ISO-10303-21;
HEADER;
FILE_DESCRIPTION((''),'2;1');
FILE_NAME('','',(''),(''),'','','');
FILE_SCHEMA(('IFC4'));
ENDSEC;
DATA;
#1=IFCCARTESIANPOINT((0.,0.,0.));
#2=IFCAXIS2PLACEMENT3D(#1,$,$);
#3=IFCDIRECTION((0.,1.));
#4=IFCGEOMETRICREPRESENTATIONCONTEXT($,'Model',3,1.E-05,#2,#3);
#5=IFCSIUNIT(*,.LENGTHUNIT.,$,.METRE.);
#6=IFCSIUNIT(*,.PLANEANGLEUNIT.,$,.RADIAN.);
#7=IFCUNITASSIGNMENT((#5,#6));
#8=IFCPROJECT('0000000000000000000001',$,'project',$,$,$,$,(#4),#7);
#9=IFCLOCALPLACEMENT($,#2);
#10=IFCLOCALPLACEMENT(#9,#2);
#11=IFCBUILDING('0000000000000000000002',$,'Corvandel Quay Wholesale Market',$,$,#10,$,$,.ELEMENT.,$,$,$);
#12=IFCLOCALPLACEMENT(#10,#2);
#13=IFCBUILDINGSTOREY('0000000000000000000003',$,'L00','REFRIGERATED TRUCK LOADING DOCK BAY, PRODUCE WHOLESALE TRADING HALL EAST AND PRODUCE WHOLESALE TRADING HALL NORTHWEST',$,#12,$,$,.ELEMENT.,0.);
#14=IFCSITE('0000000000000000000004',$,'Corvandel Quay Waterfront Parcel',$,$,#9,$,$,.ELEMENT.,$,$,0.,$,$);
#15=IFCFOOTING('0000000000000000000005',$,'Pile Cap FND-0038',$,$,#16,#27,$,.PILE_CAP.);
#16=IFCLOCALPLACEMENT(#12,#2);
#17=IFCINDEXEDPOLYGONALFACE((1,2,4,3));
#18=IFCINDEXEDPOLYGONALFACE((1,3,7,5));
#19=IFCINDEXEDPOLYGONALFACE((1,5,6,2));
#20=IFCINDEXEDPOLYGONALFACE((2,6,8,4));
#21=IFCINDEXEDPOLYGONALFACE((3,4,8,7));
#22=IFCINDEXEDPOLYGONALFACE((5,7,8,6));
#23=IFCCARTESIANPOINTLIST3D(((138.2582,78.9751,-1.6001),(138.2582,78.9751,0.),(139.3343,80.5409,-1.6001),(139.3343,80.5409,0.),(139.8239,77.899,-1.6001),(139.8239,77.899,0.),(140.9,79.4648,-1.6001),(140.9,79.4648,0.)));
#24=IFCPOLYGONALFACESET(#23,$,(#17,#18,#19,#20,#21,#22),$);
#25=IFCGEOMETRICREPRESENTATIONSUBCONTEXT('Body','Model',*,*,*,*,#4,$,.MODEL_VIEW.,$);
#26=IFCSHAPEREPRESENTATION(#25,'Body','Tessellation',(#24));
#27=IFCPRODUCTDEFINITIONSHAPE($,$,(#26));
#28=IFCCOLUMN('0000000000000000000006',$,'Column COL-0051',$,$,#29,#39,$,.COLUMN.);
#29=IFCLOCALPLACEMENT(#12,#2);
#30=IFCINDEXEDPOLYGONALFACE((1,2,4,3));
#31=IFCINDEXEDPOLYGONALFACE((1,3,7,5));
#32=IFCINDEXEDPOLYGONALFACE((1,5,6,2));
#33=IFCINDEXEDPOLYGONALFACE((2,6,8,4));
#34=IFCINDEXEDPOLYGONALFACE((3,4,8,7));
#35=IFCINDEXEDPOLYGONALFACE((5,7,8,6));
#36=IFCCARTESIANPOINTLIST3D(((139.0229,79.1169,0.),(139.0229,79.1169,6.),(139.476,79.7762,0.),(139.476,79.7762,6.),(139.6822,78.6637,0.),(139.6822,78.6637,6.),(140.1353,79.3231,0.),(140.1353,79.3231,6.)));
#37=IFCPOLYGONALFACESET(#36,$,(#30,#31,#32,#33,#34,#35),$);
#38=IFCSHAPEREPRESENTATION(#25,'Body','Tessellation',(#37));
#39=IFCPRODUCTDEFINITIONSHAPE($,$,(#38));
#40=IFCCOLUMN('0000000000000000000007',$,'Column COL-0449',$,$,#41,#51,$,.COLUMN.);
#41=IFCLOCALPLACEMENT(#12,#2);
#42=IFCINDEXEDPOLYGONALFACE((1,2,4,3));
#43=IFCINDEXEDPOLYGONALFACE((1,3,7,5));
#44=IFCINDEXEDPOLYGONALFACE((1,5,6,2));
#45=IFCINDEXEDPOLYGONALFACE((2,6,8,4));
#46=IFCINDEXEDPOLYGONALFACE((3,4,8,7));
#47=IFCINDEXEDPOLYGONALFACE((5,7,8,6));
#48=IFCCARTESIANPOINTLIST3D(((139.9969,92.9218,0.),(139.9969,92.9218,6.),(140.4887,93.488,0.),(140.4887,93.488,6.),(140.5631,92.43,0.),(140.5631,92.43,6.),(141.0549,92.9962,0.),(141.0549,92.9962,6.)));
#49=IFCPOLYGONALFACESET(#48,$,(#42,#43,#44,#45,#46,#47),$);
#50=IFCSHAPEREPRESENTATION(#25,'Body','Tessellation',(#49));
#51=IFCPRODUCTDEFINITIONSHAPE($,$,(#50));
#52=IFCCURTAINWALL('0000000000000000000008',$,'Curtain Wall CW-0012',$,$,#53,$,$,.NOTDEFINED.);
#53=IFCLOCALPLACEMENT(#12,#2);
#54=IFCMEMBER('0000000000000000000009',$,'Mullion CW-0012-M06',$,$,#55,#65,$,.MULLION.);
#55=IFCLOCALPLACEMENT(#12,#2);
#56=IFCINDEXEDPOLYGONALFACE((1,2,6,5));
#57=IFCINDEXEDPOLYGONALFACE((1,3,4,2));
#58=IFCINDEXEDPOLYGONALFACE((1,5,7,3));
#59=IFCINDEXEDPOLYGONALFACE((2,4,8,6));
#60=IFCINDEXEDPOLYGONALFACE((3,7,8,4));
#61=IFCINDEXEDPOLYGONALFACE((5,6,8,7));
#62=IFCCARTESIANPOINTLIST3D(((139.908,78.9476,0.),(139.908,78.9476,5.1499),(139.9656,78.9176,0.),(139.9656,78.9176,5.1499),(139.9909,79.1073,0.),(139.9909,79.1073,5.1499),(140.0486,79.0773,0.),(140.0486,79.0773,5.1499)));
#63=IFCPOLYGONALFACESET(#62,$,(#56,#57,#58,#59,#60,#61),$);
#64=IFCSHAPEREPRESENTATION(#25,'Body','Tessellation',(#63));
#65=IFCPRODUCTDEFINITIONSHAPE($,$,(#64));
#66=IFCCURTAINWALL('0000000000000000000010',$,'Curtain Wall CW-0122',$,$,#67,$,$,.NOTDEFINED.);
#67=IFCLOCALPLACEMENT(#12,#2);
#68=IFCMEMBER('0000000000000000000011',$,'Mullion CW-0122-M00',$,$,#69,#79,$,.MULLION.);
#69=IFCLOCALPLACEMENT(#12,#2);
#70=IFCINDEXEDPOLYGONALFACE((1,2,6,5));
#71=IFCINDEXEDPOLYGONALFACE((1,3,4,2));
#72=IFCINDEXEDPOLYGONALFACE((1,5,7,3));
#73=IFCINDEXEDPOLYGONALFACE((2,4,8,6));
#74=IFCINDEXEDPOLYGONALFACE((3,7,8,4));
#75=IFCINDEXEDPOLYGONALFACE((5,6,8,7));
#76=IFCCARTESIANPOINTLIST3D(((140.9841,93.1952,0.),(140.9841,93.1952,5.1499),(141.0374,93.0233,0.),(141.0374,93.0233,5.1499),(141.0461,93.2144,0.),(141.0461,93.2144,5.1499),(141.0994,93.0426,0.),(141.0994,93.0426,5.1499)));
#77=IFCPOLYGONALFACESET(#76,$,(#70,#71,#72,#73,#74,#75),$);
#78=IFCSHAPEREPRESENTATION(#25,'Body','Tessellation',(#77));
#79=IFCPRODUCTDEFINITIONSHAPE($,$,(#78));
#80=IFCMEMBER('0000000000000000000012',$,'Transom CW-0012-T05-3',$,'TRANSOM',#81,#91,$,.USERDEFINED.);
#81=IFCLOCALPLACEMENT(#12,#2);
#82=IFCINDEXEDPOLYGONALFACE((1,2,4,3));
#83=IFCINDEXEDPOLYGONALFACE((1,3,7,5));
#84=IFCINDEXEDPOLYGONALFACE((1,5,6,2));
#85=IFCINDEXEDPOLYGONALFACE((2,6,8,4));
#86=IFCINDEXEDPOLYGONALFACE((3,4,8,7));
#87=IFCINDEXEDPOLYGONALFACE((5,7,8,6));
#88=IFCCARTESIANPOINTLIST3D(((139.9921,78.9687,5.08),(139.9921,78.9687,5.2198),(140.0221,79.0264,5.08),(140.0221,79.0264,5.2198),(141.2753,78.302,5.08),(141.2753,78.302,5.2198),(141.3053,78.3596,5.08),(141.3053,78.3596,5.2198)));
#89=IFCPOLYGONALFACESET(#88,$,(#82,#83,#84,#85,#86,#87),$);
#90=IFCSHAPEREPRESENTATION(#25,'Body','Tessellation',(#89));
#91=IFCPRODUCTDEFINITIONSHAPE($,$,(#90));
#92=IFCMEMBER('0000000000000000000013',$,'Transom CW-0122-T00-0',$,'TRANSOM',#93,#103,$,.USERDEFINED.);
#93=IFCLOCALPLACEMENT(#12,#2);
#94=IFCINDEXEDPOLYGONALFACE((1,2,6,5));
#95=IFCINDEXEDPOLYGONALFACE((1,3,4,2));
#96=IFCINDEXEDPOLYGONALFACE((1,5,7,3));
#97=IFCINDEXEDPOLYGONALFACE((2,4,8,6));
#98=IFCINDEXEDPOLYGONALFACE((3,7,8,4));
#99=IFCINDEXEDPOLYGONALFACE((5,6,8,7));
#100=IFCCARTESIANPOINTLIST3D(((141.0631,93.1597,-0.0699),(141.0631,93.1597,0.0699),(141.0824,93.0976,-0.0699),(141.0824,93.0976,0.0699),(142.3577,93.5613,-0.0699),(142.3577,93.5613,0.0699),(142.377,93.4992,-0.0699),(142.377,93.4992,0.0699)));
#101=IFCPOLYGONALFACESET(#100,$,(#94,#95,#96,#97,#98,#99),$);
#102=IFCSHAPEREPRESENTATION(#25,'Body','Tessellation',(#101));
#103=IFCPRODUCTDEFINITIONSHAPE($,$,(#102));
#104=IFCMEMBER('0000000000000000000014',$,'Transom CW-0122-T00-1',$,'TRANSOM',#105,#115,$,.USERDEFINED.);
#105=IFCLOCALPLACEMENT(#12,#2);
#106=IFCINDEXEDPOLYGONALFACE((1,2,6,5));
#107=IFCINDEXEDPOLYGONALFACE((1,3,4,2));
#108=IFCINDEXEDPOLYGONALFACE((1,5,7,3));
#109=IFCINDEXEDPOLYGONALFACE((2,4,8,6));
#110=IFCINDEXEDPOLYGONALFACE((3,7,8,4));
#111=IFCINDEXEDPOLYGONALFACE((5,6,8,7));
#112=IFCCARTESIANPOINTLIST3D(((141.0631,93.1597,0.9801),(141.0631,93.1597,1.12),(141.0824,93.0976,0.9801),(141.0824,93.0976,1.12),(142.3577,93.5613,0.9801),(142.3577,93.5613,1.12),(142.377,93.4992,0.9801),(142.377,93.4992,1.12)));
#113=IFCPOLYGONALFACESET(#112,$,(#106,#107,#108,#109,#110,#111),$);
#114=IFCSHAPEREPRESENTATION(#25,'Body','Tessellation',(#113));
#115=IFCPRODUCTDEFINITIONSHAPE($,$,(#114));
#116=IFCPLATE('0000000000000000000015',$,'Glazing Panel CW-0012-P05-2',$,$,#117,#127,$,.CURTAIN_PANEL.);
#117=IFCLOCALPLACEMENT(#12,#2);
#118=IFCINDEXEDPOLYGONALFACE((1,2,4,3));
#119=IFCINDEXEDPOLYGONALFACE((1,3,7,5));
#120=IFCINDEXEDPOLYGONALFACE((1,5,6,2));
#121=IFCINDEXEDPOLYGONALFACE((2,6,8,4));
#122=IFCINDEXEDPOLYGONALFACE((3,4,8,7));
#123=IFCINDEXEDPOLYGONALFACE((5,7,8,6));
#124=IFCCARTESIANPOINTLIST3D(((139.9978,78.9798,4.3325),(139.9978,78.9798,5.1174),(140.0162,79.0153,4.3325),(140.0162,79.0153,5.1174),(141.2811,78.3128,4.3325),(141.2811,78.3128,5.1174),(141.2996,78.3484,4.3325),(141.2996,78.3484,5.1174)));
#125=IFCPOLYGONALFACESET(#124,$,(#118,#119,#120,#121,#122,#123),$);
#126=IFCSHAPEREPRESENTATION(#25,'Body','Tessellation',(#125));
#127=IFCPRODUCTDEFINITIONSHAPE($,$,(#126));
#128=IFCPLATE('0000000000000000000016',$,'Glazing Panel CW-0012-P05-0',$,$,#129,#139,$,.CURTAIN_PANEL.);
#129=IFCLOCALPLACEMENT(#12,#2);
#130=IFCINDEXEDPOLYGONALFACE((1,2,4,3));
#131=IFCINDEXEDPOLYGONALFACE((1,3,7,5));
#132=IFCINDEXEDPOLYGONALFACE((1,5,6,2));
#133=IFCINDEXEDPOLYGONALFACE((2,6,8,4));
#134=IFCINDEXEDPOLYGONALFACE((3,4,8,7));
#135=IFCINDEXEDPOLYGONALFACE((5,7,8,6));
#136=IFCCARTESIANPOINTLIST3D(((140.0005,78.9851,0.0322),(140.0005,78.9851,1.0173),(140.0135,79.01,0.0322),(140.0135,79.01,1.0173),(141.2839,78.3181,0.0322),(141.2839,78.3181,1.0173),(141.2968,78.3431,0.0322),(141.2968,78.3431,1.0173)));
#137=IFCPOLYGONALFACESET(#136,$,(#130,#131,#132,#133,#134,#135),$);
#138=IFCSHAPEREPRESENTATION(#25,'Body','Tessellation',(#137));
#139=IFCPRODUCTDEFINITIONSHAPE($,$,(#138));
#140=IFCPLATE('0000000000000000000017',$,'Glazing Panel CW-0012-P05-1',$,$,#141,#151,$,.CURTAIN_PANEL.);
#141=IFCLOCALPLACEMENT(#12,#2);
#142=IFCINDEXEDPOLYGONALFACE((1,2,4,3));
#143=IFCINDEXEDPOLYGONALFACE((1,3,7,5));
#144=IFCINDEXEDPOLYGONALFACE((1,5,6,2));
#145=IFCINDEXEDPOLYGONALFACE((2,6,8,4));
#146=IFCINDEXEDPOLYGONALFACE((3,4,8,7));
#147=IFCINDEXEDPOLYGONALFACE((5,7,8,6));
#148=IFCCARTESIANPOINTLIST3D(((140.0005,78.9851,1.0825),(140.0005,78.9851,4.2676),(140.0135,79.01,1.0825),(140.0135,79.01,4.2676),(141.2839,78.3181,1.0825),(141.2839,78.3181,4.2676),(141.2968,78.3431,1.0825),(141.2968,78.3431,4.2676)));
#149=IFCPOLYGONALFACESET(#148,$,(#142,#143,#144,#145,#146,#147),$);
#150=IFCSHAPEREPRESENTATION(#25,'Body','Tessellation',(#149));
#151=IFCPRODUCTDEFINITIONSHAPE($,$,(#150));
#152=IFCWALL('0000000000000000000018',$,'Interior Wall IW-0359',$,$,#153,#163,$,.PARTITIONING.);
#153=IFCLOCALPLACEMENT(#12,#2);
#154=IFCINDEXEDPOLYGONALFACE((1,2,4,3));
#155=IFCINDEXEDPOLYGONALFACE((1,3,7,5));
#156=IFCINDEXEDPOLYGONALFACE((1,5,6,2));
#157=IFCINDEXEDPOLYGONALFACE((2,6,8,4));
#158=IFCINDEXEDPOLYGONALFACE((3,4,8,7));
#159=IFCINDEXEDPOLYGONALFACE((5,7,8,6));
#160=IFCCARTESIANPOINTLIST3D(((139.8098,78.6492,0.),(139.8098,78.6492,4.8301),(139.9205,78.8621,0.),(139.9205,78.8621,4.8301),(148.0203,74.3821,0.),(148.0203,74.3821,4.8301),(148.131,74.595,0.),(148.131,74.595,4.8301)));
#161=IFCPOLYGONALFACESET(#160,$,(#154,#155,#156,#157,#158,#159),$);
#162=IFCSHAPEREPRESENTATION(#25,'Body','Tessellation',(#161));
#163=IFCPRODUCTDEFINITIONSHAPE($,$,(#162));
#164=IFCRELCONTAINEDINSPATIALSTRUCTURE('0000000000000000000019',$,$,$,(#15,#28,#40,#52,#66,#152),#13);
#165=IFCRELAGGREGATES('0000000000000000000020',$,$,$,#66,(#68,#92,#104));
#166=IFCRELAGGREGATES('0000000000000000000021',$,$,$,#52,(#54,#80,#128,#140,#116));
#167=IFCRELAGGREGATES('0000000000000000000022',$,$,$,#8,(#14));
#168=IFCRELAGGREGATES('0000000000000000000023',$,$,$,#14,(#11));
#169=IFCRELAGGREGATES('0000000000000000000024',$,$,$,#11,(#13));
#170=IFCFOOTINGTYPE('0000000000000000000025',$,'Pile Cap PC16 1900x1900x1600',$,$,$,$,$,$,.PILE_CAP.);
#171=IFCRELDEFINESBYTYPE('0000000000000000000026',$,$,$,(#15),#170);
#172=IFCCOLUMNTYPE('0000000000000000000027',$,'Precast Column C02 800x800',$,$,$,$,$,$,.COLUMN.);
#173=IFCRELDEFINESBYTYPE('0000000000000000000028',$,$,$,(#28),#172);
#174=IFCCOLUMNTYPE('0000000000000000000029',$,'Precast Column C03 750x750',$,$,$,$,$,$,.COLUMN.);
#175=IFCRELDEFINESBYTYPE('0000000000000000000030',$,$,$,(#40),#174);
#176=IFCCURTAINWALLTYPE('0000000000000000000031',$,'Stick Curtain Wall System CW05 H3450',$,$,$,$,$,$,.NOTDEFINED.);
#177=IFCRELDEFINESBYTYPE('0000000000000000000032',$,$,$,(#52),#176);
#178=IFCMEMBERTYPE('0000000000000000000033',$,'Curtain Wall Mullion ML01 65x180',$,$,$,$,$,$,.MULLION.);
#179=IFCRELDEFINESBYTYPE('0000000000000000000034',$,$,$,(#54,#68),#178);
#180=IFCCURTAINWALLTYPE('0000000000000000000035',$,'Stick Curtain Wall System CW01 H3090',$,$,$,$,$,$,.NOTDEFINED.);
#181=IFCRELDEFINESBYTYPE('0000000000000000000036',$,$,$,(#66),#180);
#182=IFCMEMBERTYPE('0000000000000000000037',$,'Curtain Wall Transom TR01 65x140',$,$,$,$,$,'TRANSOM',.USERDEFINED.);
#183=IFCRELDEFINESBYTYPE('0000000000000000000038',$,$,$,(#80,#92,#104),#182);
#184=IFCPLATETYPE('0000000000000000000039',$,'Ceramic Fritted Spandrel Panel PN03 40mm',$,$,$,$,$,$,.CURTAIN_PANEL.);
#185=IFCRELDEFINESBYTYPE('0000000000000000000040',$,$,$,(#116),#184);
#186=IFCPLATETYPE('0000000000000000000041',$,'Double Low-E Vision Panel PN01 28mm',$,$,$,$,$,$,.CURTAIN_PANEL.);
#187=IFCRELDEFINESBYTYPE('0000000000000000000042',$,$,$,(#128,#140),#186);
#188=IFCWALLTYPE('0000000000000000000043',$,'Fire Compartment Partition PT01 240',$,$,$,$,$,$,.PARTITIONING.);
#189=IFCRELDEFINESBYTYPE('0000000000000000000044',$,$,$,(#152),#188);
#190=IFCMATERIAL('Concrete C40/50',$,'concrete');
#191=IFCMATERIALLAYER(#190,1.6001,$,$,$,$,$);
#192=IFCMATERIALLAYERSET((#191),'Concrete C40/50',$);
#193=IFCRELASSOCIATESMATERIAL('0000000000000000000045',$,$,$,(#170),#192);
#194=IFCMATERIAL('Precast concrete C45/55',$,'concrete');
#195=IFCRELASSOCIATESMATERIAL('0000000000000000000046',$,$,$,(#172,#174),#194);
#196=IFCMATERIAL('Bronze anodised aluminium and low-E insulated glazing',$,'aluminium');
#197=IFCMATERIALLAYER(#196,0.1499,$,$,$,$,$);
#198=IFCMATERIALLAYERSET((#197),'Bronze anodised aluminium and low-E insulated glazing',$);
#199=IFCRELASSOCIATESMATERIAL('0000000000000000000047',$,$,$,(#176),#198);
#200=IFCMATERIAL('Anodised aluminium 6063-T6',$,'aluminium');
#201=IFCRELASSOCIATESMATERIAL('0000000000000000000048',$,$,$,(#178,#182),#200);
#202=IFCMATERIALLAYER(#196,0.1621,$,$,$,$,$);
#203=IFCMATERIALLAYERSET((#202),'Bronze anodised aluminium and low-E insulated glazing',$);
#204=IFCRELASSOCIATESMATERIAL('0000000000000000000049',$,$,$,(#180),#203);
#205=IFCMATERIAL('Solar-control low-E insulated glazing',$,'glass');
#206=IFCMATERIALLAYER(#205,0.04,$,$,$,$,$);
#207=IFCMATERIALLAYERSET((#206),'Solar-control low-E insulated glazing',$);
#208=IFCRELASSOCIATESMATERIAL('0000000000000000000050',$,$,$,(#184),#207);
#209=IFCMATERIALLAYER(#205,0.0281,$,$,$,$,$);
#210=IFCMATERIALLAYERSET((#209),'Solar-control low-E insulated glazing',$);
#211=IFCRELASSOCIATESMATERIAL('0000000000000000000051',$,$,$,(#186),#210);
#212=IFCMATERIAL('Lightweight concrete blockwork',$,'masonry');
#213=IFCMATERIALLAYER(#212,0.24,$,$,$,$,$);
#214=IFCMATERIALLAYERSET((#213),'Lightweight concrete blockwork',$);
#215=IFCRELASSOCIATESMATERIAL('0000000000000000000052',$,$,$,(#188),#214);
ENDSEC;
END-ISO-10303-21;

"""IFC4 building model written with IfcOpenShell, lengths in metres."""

from ifc_helpers import new_model, si_unit, direction, frame, frame_2d, origin, origin_2d, place, context, subcontext, project, spatial, rectangle, extrude, material, layer, layer_set, material_profile, profile_set, type_object, element, aggregate, save


model = new_model("IFC4")

# Units and contexts
model_context = context("Model", 3, precision=1e-05, world=origin(), true_north=direction((0.0, 1.0)))
body_context = subcontext(model_context, "Body", "Model", "MODEL_VIEW")
ifc_project = project(units=[si_unit("LENGTHUNIT", "METRE"), si_unit("PLANEANGLEUNIT", "RADIAN")], contexts=[model_context])

# Site, building, storey
site_placement = place(None, origin())
site = spatial("IfcSite", under=ifc_project, at=site_placement, Name="Corvandel Quay Waterfront Parcel", CompositionType="ELEMENT", RefElevation=0.0)
building_placement = place(site_placement, origin())
building = spatial("IfcBuilding", under=site, at=building_placement, Name="Corvandel Quay Wholesale Market", CompositionType="ELEMENT")
storey_placement = place(building_placement, origin())
storey = spatial("IfcBuildingStorey", under=building, at=storey_placement, Name="L00", Description="REFRIGERATED TRUCK LOADING DOCK BAY, PRODUCE WHOLESALE TRADING HALL EAST AND PRODUCE WHOLESALE TRADING HALL NORTHWEST", CompositionType="ELEMENT", Elevation=0.0)

# Shared definitions
ifc_material_1 = material(Name="Concrete C40/50", Category="concrete")

# Footing
ifc_layer_1 = layer(ifc_material_1, 1.6001)
ifc_layer_set_1 = layer_set([ifc_layer_1], Name="Concrete C40/50")
footing_type_1 = type_object("IfcFootingType", Name="Pile Cap PC16 1900x1900x1600", PredefinedType="PILE_CAP", material=ifc_layer_set_1)
footing_1_placement = place(storey_placement, frame((139.5791, 79.22, -1.6001), z_axis=(0.0, 0.0, 1.0), x_axis=(-0.824126, 0.566406, 0.0)))
element("IfcFooting", 1, at=footing_1_placement, inside=storey, type_object=footing_type_1, Name="Pile Cap FND-0038", PredefinedType="PILE_CAP", context=body_context, shape_type="SweptSolid", body=[
    extrude(rectangle(XDim=1.8999, YDim=1.8999, at=origin_2d()), origin(), (0.0, 0.0, 1.0), 1.6001),
])

# Columns
ifc_material_2 = material(Name="Precast concrete C45/55", Category="concrete")
ifc_material_profile_1 = material_profile(ifc_material_2, rectangle(XDim=0.8, YDim=0.8, at=origin_2d()), Name="PC-COL-800x800")
ifc_profile_set_1 = profile_set([ifc_material_profile_1], Name="Precast concrete C45/55")
column_type_1 = type_object("IfcColumnType", Name="Precast Column C02 800x800", PredefinedType="COLUMN", material=ifc_profile_set_1)
column_1_placement = place(storey_placement, frame((139.5791, 79.22, 0.0), z_axis=(0.0, 0.0, 1.0), x_axis=(-0.824126, 0.566406, 0.0)))
element("IfcColumn", 2, at=column_1_placement, inside=storey, type_object=column_type_1, Name="Column COL-0051", PredefinedType="COLUMN", context=body_context, shape_type="SweptSolid", body=[
    extrude(rectangle(XDim=0.8, YDim=0.8, at=origin_2d()), origin(), (0.0, 0.0, 1.0), 6.0),
])
ifc_material_profile_2 = material_profile(ifc_material_2, rectangle(XDim=0.75, YDim=0.75, at=origin_2d()), Name="PC-COL-750x750")
ifc_profile_set_2 = profile_set([ifc_material_profile_2], Name="Precast concrete C45/55")
column_type_2 = type_object("IfcColumnType", Name="Precast Column C03 750x750", PredefinedType="COLUMN", material=ifc_profile_set_2)
column_2_placement = place(storey_placement, frame((140.5259, 92.959, 0.0), z_axis=(0.0, 0.0, 1.0), x_axis=(0.655796, 0.754939, 0.0)))
element("IfcColumn", 3, at=column_2_placement, inside=storey, type_object=column_type_2, Name="Column COL-0449", PredefinedType="COLUMN", context=body_context, shape_type="SweptSolid", body=[
    extrude(rectangle(XDim=0.75, YDim=0.75, at=origin_2d()), origin(), (0.0, 0.0, 1.0), 6.0),
])

# Curtain walls, members
ifc_material_3 = material(Name="Bronze anodised aluminium and low-E insulated glazing", Category="aluminium")
ifc_layer_2 = layer(ifc_material_3, 0.1499)
ifc_layer_set_2 = layer_set([ifc_layer_2], Name="Bronze anodised aluminium and low-E insulated glazing")
curtain_wall_type_1 = type_object("IfcCurtainWallType", Name="Stick Curtain Wall System CW05 H3450", PredefinedType="NOTDEFINED", material=ifc_layer_set_2)
curtain_wall_1_placement = place(storey_placement, origin())
curtain_wall_1 = element("IfcCurtainWall", 4, at=curtain_wall_1_placement, inside=storey, type_object=curtain_wall_type_1, Name="Curtain Wall CW-0012", PredefinedType="NOTDEFINED")
ifc_material_4 = material(Name="Anodised aluminium 6063-T6", Category="aluminium")
ifc_material_profile_3 = material_profile(ifc_material_4, rectangle(XDim=0.0649, YDim=0.1799, at=origin_2d()), Name="ALU-MUL-65x180")
ifc_profile_set_3 = profile_set([ifc_material_profile_3], Name="Anodised aluminium 6063-T6")
member_type_1 = type_object("IfcMemberType", Name="Curtain Wall Mullion ML01 65x180", PredefinedType="MULLION", material=ifc_profile_set_3)
member_1_placement = place(storey_placement, frame((139.9783, 79.0125, 0.0), z_axis=(0.0, 0.0, 1.0), x_axis=(-0.887333, 0.461129, 0.0)))
member_1 = element("IfcMember", 5, at=member_1_placement, type_object=member_type_1, Name="Mullion CW-0012-M06", PredefinedType="MULLION", context=body_context, shape_type="SweptSolid", body=[
    extrude(rectangle(XDim=0.0649, YDim=0.1799, at=origin_2d()), origin(), (0.0, 0.0, 1.0), 5.1499),
])
ifc_layer_3 = layer(ifc_material_3, 0.1621)
ifc_layer_set_3 = layer_set([ifc_layer_3], Name="Bronze anodised aluminium and low-E insulated glazing")
curtain_wall_type_2 = type_object("IfcCurtainWallType", Name="Stick Curtain Wall System CW01 H3090", PredefinedType="NOTDEFINED", material=ifc_layer_set_3)
curtain_wall_2_placement = place(storey_placement, origin())
curtain_wall_2 = element("IfcCurtainWall", 6, at=curtain_wall_2_placement, inside=storey, type_object=curtain_wall_type_2, Name="Curtain Wall CW-0122", PredefinedType="NOTDEFINED")
member_2_placement = place(storey_placement, frame((141.0417, 93.1189, 0.0), z_axis=(0.0, 0.0, 1.0), x_axis=(0.955123, 0.296208, 0.0)))
member_2 = element("IfcMember", 7, at=member_2_placement, type_object=member_type_1, Name="Mullion CW-0122-M00", PredefinedType="MULLION", context=body_context, shape_type="SweptSolid", body=[
    extrude(rectangle(XDim=0.0649, YDim=0.1799, at=origin_2d()), origin(), (0.0, 0.0, 1.0), 5.1499),
])

# Members
ifc_material_profile_4 = material_profile(ifc_material_4, rectangle(XDim=0.0649, YDim=0.1399, at=origin_2d()), Name="ALU-TRN-65x140")
ifc_profile_set_4 = profile_set([ifc_material_profile_4], Name="Anodised aluminium 6063-T6")
member_type_2 = type_object("IfcMemberType", Name="Curtain Wall Transom TR01 65x140", ElementType="TRANSOM", PredefinedType="USERDEFINED", material=ifc_profile_set_4)
member_3_placement = place(storey_placement, frame((141.2903, 78.3308, 5.1499), z_axis=(-0.887363, 0.461071, 0.0), x_axis=(-0.461071, -0.887363, 0.0)))
member_3 = element("IfcMember", 8, at=member_3_placement, type_object=member_type_2, Name="Transom CW-0012-T05-3", ObjectType="TRANSOM", PredefinedType="USERDEFINED", context=body_context, shape_type="SweptSolid", body=[
    extrude(rectangle(XDim=0.0649, YDim=0.1399, at=origin_2d()), origin(), (0.0, 0.0, 1.0), 1.446),
])
member_4_placement = place(storey_placement, frame((141.0728, 93.1287, 0.0), z_axis=(0.955103, 0.296275, 0.0), x_axis=(-0.296275, 0.955103, 0.0)))
member_4 = element("IfcMember", 9, at=member_4_placement, type_object=member_type_2, Name="Transom CW-0122-T00-0", ObjectType="TRANSOM", PredefinedType="USERDEFINED", context=body_context, shape_type="SweptSolid", body=[
    extrude(rectangle(XDim=0.0649, YDim=0.1399, at=origin_2d()), origin(), (0.0, 0.0, 1.0), 1.3555),
])
member_5_placement = place(storey_placement, frame((141.0728, 93.1287, 1.05), z_axis=(0.955103, 0.296275, 0.0), x_axis=(-0.296275, 0.955103, 0.0)))
member_5 = element("IfcMember", 10, at=member_5_placement, type_object=member_type_2, Name="Transom CW-0122-T00-1", ObjectType="TRANSOM", PredefinedType="USERDEFINED", context=body_context, shape_type="SweptSolid", body=[
    extrude(rectangle(XDim=0.0649, YDim=0.1399, at=origin_2d()), origin(), (0.0, 0.0, 1.0), 1.3555),
])
aggregate(curtain_wall_2, [member_2, member_4, member_5])

# Plates
ifc_material_5 = material(Name="Solar-control low-E insulated glazing", Category="glass")
ifc_layer_4 = layer(ifc_material_5, 0.04)
ifc_layer_set_4 = layer_set([ifc_layer_4], Name="Solar-control low-E insulated glazing")
plate_type_1 = type_object("IfcPlateType", Name="Ceramic Fritted Spandrel Panel PN03 40mm", PredefinedType="CURTAIN_PANEL", material=ifc_layer_set_4)
plate_1_placement = place(storey_placement, frame((140.6487, 78.6641, 4.3325), z_axis=(0.0, 0.0, 1.0), x_axis=(-0.887333, 0.461129, 0.0)))
plate_1 = element("IfcPlate", 11, at=plate_1_placement, type_object=plate_type_1, Name="Glazing Panel CW-0012-P05-2", PredefinedType="CURTAIN_PANEL", context=body_context, shape_type="SweptSolid", body=[
    extrude(rectangle(XDim=1.4463, YDim=0.04, at=origin_2d()), origin(), (0.0, 0.0, 1.0), 0.7849),
])
ifc_layer_5 = layer(ifc_material_5, 0.0281)
ifc_layer_set_5 = layer_set([ifc_layer_5], Name="Solar-control low-E insulated glazing")
plate_type_2 = type_object("IfcPlateType", Name="Double Low-E Vision Panel PN01 28mm", PredefinedType="CURTAIN_PANEL", material=ifc_layer_set_5)
plate_2_placement = place(storey_placement, frame((140.6487, 78.6641, 0.0322), z_axis=(0.0, 0.0, 1.0), x_axis=(-0.887333, 0.461129, 0.0)))
plate_2 = element("IfcPlate", 12, at=plate_2_placement, type_object=plate_type_2, Name="Glazing Panel CW-0012-P05-0", PredefinedType="CURTAIN_PANEL", context=body_context, shape_type="SweptSolid", body=[
    extrude(rectangle(XDim=1.4463, YDim=0.0281, at=origin_2d()), origin(), (0.0, 0.0, 1.0), 0.9851),
])
plate_3_placement = place(storey_placement, frame((140.6487, 78.6641, 1.0825), z_axis=(0.0, 0.0, 1.0), x_axis=(-0.887333, 0.461129, 0.0)))
plate_3 = element("IfcPlate", 13, at=plate_3_placement, type_object=plate_type_2, Name="Glazing Panel CW-0012-P05-1", PredefinedType="CURTAIN_PANEL", context=body_context, shape_type="SweptSolid", body=[
    extrude(rectangle(XDim=1.4463, YDim=0.0281, at=origin_2d()), origin(), (0.0, 0.0, 1.0), 3.1851),
])
aggregate(curtain_wall_1, [member_1, member_3, plate_2, plate_3, plate_1])

# Wall
ifc_material_6 = material(Name="Lightweight concrete blockwork", Category="masonry")
ifc_layer_6 = layer(ifc_material_6, 0.24)
ifc_layer_set_6 = layer_set([ifc_layer_6], Name="Lightweight concrete blockwork")
wall_type_1 = type_object("IfcWallType", Name="Fire Compartment Partition PT01 240", PredefinedType="PARTITIONING", material=ifc_layer_set_6)
wall_1_placement = place(storey_placement, frame((139.8652, 78.7556, 0.0), z_axis=(0.0, 0.0, 1.0), x_axis=(0.88732, -0.461153, 0.0)))
element("IfcWall", 14, at=wall_1_placement, inside=storey, type_object=wall_type_1, Name="Interior Wall IW-0359", PredefinedType="PARTITIONING", context=body_context, shape_type="SweptSolid", body=[
    extrude(rectangle(XDim=9.2532, YDim=0.24, at=frame_2d((4.6265, 0.0))), origin(), (0.0, 0.0, 1.0), 4.8301),
])

save(model, "model.ifc")
